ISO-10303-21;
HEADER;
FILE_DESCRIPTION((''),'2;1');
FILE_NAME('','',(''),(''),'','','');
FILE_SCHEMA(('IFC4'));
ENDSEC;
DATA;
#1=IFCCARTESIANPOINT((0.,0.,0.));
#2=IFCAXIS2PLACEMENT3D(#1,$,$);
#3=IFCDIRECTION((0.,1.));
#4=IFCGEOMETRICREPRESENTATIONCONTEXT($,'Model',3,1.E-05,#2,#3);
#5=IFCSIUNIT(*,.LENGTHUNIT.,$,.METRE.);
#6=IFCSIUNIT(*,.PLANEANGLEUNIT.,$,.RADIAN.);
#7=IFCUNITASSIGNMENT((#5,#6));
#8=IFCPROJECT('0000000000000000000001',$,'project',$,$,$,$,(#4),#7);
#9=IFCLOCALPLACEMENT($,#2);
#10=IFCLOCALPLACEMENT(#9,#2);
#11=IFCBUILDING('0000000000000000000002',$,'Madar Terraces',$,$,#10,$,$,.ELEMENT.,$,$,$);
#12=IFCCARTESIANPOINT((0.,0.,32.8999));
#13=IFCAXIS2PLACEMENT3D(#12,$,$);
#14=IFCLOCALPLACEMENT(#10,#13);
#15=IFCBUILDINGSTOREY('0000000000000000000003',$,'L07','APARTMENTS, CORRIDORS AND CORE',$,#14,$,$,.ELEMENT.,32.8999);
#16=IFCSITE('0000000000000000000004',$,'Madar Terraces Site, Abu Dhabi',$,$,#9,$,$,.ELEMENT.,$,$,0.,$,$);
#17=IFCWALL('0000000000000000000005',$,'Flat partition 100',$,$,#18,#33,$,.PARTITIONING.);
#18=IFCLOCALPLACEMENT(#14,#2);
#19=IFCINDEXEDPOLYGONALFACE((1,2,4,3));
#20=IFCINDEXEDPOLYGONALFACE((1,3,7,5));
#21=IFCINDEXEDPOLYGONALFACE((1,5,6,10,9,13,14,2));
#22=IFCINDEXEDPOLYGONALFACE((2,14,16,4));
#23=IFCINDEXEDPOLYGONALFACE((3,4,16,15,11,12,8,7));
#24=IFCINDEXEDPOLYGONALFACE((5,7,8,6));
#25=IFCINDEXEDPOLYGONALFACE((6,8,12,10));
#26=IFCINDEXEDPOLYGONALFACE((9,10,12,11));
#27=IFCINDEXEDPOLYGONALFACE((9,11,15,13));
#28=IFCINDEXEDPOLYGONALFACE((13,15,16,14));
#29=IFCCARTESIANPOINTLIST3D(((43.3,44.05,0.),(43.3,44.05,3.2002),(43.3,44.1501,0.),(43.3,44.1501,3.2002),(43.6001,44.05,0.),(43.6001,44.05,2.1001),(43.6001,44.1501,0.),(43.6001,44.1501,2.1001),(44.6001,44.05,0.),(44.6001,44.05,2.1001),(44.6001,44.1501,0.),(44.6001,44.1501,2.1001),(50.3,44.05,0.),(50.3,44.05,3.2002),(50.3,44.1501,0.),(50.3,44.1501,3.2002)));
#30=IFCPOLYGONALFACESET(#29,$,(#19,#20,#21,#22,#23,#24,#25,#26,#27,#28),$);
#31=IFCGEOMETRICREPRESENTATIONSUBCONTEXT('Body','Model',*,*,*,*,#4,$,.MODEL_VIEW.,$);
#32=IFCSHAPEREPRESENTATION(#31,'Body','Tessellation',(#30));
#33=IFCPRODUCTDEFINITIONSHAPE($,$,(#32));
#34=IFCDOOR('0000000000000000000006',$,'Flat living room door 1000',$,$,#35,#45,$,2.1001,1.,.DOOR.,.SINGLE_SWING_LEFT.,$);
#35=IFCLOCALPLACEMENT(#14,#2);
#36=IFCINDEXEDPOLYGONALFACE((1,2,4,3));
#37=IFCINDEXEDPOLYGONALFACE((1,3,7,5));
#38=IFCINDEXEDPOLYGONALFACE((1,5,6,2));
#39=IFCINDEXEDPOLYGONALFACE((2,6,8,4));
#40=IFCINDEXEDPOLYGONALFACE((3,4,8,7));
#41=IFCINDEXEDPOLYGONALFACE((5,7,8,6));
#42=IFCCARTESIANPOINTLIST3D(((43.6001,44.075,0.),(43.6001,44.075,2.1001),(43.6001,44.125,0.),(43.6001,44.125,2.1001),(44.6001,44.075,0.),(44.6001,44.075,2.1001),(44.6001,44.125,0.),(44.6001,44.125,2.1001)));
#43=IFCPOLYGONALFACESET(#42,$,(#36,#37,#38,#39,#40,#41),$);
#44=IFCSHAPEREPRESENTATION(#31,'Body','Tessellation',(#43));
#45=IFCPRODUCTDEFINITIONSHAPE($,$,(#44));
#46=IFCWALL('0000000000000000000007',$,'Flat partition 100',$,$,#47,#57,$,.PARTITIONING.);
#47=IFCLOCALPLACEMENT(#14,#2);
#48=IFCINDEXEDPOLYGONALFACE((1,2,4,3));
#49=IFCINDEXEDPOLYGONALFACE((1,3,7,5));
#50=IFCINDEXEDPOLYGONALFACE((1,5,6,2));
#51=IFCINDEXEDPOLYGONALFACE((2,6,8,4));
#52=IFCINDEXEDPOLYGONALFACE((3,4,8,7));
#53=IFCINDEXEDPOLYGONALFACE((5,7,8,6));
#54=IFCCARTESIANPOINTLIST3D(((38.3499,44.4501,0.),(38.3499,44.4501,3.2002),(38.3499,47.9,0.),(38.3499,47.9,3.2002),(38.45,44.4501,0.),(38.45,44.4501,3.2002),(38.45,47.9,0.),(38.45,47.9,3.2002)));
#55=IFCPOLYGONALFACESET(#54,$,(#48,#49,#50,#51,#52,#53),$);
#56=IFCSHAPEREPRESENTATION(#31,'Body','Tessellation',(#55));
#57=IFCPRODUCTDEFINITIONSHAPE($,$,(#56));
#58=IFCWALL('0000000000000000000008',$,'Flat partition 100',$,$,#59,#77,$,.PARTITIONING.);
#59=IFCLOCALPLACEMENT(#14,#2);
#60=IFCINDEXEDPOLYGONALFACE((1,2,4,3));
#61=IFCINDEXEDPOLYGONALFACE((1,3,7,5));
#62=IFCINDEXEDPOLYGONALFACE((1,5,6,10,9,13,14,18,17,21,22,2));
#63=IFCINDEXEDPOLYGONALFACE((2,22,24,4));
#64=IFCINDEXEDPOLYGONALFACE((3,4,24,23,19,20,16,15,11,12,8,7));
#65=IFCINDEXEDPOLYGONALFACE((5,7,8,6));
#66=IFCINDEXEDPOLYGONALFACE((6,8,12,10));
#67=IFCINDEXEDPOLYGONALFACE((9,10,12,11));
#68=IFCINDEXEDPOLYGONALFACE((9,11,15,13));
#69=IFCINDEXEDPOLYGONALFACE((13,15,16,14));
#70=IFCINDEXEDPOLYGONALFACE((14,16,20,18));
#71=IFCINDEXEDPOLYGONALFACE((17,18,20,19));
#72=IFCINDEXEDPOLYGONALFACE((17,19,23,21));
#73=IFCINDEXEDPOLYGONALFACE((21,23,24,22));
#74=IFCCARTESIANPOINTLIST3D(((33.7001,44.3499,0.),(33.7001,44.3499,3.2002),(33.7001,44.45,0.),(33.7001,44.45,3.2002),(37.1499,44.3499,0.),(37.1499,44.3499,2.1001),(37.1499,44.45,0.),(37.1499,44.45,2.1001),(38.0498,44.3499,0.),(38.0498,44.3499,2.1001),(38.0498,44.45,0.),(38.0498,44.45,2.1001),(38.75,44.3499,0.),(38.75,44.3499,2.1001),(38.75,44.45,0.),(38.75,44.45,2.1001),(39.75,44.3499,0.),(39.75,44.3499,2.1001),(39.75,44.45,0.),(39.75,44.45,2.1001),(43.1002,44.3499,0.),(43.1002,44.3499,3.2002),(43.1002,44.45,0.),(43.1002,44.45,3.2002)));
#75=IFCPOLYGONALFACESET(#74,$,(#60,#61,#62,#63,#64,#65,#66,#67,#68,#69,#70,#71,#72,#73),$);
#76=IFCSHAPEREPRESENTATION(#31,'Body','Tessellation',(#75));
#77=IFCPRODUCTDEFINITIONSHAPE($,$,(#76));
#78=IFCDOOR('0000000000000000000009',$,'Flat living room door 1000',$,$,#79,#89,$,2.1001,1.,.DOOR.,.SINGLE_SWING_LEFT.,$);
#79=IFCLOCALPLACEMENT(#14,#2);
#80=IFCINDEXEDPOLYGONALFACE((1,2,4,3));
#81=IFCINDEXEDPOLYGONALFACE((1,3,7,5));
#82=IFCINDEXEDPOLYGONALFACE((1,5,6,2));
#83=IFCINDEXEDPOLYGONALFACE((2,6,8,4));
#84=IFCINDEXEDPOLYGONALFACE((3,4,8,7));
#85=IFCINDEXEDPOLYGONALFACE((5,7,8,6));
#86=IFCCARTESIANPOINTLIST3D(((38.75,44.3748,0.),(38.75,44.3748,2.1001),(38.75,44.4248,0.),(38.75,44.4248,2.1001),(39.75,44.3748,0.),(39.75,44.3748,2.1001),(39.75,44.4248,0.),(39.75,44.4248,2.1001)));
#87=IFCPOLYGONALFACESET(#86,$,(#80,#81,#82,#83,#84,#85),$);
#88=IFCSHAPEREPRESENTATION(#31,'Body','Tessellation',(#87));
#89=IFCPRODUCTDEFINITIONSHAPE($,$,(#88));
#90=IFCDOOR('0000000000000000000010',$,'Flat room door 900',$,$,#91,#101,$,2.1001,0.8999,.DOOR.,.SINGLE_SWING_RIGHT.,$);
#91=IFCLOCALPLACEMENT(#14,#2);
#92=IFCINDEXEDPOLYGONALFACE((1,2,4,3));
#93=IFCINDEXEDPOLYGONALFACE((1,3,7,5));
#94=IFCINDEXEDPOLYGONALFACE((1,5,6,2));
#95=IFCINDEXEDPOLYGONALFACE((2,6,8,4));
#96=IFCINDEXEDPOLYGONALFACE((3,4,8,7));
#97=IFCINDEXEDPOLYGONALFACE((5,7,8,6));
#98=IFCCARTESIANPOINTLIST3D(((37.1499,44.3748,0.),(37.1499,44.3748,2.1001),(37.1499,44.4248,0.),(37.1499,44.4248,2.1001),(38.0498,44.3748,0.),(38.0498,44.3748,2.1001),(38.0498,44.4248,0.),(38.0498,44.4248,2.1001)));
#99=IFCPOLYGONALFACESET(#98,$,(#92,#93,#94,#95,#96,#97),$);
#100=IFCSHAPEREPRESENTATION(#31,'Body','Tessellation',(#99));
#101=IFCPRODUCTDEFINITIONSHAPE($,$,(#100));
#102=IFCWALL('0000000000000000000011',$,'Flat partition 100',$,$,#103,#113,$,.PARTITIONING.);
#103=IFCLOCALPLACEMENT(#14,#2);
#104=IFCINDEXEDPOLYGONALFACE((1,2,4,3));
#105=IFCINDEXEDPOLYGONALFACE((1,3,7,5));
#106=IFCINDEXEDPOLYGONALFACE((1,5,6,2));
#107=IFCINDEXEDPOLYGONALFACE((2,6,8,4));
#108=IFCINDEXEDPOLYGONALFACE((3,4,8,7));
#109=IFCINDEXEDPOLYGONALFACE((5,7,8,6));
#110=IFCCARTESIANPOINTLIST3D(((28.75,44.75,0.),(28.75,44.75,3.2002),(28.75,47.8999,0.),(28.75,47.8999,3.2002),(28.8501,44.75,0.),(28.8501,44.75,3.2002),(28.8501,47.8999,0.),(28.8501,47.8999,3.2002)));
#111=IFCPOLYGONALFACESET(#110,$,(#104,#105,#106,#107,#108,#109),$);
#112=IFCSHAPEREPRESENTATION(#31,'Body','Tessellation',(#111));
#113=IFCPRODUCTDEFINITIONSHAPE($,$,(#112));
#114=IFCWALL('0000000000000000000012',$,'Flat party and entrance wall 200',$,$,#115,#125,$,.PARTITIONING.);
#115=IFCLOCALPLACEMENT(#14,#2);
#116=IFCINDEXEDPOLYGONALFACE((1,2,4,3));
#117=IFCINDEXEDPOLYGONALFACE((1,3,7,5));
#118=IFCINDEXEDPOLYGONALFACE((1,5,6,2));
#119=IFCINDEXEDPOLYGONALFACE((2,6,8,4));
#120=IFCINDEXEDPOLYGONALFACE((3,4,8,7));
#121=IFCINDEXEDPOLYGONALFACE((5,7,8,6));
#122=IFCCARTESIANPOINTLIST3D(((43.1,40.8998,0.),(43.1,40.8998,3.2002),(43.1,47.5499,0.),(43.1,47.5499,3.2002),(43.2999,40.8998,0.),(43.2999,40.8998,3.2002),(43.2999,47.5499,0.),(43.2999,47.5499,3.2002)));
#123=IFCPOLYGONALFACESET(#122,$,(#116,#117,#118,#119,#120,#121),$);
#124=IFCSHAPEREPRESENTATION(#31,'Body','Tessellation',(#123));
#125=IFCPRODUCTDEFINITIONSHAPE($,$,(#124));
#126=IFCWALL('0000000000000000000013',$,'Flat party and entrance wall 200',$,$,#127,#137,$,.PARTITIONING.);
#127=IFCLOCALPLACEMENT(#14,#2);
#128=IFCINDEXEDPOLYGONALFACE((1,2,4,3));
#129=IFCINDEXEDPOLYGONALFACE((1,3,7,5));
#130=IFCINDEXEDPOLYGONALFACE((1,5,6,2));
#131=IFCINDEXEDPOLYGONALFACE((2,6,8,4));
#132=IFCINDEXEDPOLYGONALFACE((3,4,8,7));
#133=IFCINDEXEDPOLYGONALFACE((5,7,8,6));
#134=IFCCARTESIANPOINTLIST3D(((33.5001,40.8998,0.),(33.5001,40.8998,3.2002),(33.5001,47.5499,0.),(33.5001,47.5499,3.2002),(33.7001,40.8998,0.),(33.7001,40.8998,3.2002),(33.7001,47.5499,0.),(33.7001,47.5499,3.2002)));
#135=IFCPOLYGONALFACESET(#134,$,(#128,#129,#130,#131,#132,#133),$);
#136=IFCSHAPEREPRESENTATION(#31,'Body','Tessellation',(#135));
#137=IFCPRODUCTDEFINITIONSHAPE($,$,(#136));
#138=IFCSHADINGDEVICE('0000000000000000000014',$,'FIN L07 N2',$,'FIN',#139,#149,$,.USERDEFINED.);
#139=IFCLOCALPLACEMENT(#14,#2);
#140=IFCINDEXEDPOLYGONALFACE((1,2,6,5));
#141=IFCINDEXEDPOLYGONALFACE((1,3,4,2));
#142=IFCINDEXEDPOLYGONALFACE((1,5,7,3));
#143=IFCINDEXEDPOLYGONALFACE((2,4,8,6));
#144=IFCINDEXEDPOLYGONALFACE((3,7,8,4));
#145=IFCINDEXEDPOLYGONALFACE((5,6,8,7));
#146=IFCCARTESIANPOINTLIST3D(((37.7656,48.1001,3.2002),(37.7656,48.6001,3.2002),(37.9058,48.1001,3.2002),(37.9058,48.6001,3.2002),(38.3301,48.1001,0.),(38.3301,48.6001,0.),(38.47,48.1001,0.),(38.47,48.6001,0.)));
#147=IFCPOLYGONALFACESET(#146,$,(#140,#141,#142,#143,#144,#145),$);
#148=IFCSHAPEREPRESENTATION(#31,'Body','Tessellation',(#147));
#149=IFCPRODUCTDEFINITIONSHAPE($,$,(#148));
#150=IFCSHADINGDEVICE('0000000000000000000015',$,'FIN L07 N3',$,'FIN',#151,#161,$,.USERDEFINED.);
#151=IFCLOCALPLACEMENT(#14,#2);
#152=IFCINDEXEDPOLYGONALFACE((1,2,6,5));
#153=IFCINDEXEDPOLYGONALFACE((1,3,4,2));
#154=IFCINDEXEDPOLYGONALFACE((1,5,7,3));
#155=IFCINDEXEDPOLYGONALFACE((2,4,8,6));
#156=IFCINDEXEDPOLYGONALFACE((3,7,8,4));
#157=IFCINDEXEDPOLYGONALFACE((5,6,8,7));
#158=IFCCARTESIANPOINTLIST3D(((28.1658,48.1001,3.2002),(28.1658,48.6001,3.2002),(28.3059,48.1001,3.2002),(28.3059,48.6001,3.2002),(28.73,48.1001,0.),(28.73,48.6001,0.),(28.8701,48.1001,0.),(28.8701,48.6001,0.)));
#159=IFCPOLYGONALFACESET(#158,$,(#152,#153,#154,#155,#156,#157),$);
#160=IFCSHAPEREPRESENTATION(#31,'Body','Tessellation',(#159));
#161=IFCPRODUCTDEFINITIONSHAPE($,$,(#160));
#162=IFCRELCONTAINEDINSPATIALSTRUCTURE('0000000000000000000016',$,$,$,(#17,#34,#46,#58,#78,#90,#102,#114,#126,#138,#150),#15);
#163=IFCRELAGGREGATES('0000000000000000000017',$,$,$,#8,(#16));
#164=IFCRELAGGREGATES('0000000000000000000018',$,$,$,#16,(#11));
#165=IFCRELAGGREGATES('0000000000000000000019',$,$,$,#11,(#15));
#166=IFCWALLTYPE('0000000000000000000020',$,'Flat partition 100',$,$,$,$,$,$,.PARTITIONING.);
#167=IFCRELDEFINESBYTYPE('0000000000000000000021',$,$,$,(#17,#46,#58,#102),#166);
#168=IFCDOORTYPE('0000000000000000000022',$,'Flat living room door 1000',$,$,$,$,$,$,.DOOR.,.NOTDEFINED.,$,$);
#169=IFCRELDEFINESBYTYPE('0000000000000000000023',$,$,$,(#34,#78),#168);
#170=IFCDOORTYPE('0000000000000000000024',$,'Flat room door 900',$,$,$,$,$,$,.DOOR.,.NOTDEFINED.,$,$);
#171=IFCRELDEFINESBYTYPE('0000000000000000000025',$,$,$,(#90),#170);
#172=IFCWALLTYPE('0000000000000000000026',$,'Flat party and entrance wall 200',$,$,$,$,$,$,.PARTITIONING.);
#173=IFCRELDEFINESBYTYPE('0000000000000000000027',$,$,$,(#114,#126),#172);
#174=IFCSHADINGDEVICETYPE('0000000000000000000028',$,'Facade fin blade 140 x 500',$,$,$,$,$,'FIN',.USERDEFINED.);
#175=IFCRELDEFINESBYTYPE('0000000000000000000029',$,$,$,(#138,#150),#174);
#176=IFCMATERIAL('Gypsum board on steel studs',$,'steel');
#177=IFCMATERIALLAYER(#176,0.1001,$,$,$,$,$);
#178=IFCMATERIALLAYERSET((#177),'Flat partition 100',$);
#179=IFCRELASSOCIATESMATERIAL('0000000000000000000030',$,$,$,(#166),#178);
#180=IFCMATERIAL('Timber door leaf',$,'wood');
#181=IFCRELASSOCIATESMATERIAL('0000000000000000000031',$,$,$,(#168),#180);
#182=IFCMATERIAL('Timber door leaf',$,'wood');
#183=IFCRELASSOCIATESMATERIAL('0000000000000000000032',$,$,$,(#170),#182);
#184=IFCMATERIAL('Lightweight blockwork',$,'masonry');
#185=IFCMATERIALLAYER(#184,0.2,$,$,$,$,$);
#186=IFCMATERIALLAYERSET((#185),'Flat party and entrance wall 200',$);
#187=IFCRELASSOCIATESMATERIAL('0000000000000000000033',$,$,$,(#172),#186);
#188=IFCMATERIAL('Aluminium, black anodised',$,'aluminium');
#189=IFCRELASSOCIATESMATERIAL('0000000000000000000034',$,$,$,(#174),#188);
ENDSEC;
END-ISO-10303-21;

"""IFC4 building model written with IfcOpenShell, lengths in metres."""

from ifc_helpers import new_model, si_unit, direction, frame, frame_2d, origin, place, context, subcontext, project, spatial, polyline, rectangle, outline, extrude, material, layer, layer_set, type_object, element, fill, save


model = new_model("IFC4")

# Units and contexts
model_context = context("Model", 3, precision=1e-05, world=origin(), true_north=direction((0.0, 1.0)))
body_context = subcontext(model_context, "Body", "Model", "MODEL_VIEW")
ifc_project = project(units=[si_unit("LENGTHUNIT", "METRE"), si_unit("PLANEANGLEUNIT", "RADIAN")], contexts=[model_context])

# Site, building, storey
site_placement = place(None, origin())
site = spatial("IfcSite", under=ifc_project, at=site_placement, Name="Madar Terraces Site, Abu Dhabi", CompositionType="ELEMENT", RefElevation=0.0)
building_placement = place(site_placement, origin())
building = spatial("IfcBuilding", under=site, at=building_placement, Name="Madar Terraces", CompositionType="ELEMENT")
storey_placement = place(building_placement, frame((0.0, 0.0, 32.8999)))
storey = spatial("IfcBuildingStorey", under=building, at=storey_placement, Name="L07", Description="APARTMENTS, CORRIDORS AND CORE", CompositionType="ELEMENT", Elevation=32.8999)

# Wall, opening, door
ifc_material_1 = material(Name="Gypsum board on steel studs", Category="steel")
ifc_layer_1 = layer(ifc_material_1, 0.1001)
ifc_layer_set_1 = layer_set([ifc_layer_1], Name="Flat partition 100")
wall_type_1 = type_object("IfcWallType", Name="Flat partition 100", PredefinedType="PARTITIONING", material=ifc_layer_set_1)
wall_1_placement = place(storey_placement, frame((43.3, 44.1001, 0.0), z_axis=(0.0, 0.0, 1.0), x_axis=(1.0, 0.0, 0.0)))
wall_1 = element("IfcWall", 1, at=wall_1_placement, inside=storey, type_object=wall_type_1, Name="Flat partition 100", PredefinedType="PARTITIONING", context=body_context, shape_type="SweptSolid", body=[
    extrude(rectangle(XDim=7.0, YDim=0.1001, at=frame_2d((3.5, 0.0))), origin(), (0.0, 0.0, 1.0), 3.2002),
])
opening_1_placement = place(wall_1_placement, frame((0.3, 0.0, 0.0)))
opening_1 = element("IfcOpeningElement", 2, at=opening_1_placement, cuts=wall_1, PredefinedType="OPENING", context=body_context, shape_type="SweptSolid", body=[
    extrude(rectangle(XDim=1.0, YDim=2.1001, at=frame_2d((0.5, 1.05))), frame((0.0, 0.0601, 0.0), z_axis=(0.0, -1.0, 0.0), x_axis=(1.0, 0.0, 0.0)), (0.0, 0.0, 1.0), 0.1201),
])
ifc_material_2 = material(Name="Timber door leaf", Category="wood")
door_type_1 = type_object("IfcDoorType", Name="Flat living room door 1000", OperationType="NOTDEFINED", PredefinedType="DOOR", material=ifc_material_2)
door_1_placement = place(opening_1_placement, origin())
door_1 = element("IfcDoor", 3, at=door_1_placement, inside=storey, type_object=door_type_1, Name="Flat living room door 1000", OperationType="SINGLE_SWING_LEFT", OverallHeight=2.1001, OverallWidth=1.0, PredefinedType="DOOR", context=body_context, shape_type="SweptSolid", body=[
    extrude(rectangle(XDim=1.0, YDim=2.1001, at=frame_2d((0.5, 1.05))), frame((0.0, 0.0249, 0.0), z_axis=(0.0, -1.0, 0.0), x_axis=(1.0, 0.0, 0.0)), (0.0, 0.0, 1.0), 0.05),
])
fill(opening_1, door_1)

# Wall
wall_2_placement = place(storey_placement, frame((38.3999, 44.45, 0.0), z_axis=(0.0, 0.0, 1.0), x_axis=(0.0, 1.0, 0.0)))
element("IfcWall", 4, at=wall_2_placement, inside=storey, type_object=wall_type_1, Name="Flat partition 100", PredefinedType="PARTITIONING", context=body_context, shape_type="SweptSolid", body=[
    extrude(rectangle(XDim=3.45, YDim=0.1001, at=frame_2d((1.7251, 0.0))), origin(), (0.0, 0.0, 1.0), 3.2002),
])

# Wall, openings, doors
wall_3_placement = place(storey_placement, frame((33.7, 44.3999, 0.0), z_axis=(0.0, 0.0, 1.0), x_axis=(1.0, 0.0, 0.0)))
wall_3 = element("IfcWall", 5, at=wall_3_placement, inside=storey, type_object=wall_type_1, Name="Flat partition 100", PredefinedType="PARTITIONING", context=body_context, shape_type="SweptSolid", body=[
    extrude(rectangle(XDim=9.4001, YDim=0.1001, at=frame_2d((4.7002, 0.0))), origin(), (0.0, 0.0, 1.0), 3.2002),
])
opening_2_placement = place(wall_3_placement, frame((5.05, 0.0, 0.0)))
opening_2 = element("IfcOpeningElement", 6, at=opening_2_placement, cuts=wall_3, PredefinedType="OPENING", context=body_context, shape_type="SweptSolid", body=[
    extrude(rectangle(XDim=1.0, YDim=2.1001, at=frame_2d((0.5, 1.05))), frame((0.0, 0.0601, 0.0), z_axis=(0.0, -1.0, 0.0), x_axis=(1.0, 0.0, 0.0)), (0.0, 0.0, 1.0), 0.1201),
])
opening_3_placement = place(wall_3_placement, frame((3.45, 0.0, 0.0)))
opening_3 = element("IfcOpeningElement", 7, at=opening_3_placement, cuts=wall_3, PredefinedType="OPENING", context=body_context, shape_type="SweptSolid", body=[
    extrude(rectangle(XDim=0.8999, YDim=2.1001, at=frame_2d((0.45, 1.05))), frame((0.0, 0.0601, 0.0), z_axis=(0.0, -1.0, 0.0), x_axis=(1.0, 0.0, 0.0)), (0.0, 0.0, 1.0), 0.1201),
])
door_2_placement = place(opening_2_placement, origin())
door_2 = element("IfcDoor", 8, at=door_2_placement, inside=storey, type_object=door_type_1, Name="Flat living room door 1000", OperationType="SINGLE_SWING_LEFT", OverallHeight=2.1001, OverallWidth=1.0, PredefinedType="DOOR", context=body_context, shape_type="SweptSolid", body=[
    extrude(rectangle(XDim=1.0, YDim=2.1001, at=frame_2d((0.5, 1.05))), frame((0.0, 0.0249, 0.0), z_axis=(0.0, -1.0, 0.0), x_axis=(1.0, 0.0, 0.0)), (0.0, 0.0, 1.0), 0.05),
])
fill(opening_2, door_2)
ifc_material_3 = material(Name="Timber door leaf", Category="wood")
door_type_2 = type_object("IfcDoorType", Name="Flat room door 900", OperationType="NOTDEFINED", PredefinedType="DOOR", material=ifc_material_3)
door_3_placement = place(opening_3_placement, origin())
door_3 = element("IfcDoor", 9, at=door_3_placement, inside=storey, type_object=door_type_2, Name="Flat room door 900", OperationType="SINGLE_SWING_RIGHT", OverallHeight=2.1001, OverallWidth=0.8999, PredefinedType="DOOR", context=body_context, shape_type="SweptSolid", body=[
    extrude(rectangle(XDim=0.8999, YDim=2.1001, at=frame_2d((0.45, 1.05))), frame((0.0, 0.0249, 0.0), z_axis=(0.0, -1.0, 0.0), x_axis=(1.0, 0.0, 0.0)), (0.0, 0.0, 1.0), 0.05),
])
fill(opening_3, door_3)

# Walls
wall_4_placement = place(storey_placement, frame((28.8, 44.75, 0.0), z_axis=(0.0, 0.0, 1.0), x_axis=(0.0, 1.0, 0.0)))
element("IfcWall", 10, at=wall_4_placement, inside=storey, type_object=wall_type_1, Name="Flat partition 100", PredefinedType="PARTITIONING", context=body_context, shape_type="SweptSolid", body=[
    extrude(rectangle(XDim=3.1499, YDim=0.1001, at=frame_2d((1.575, 0.0))), origin(), (0.0, 0.0, 1.0), 3.2002),
])
ifc_material_4 = material(Name="Lightweight blockwork", Category="masonry")
ifc_layer_2 = layer(ifc_material_4, 0.2)
ifc_layer_set_2 = layer_set([ifc_layer_2], Name="Flat party and entrance wall 200")
wall_type_2 = type_object("IfcWallType", Name="Flat party and entrance wall 200", PredefinedType="PARTITIONING", material=ifc_layer_set_2)
for number, where, z_axis, x_axis, name in (
    (11, (43.2, 47.55, 0.0), (0.0, 0.0, 1.0), (0.0, -1.0, 0.0), "Flat party and entrance wall 200"),
    (12, (33.6001, 47.55, 0.0), (0.0, 0.0, 1.0), (0.0, -1.0, 0.0), "Flat party and entrance wall 200"),
):
    element("IfcWall", number, at=place(storey_placement, frame(where, z_axis=z_axis, x_axis=x_axis)), inside=storey, type_object=wall_type_2, Name=name, PredefinedType="PARTITIONING", context=body_context, shape_type="SweptSolid", body=[
        extrude(rectangle(XDim=6.6501, YDim=0.2, at=frame_2d((3.3252, 0.0))), origin(), (0.0, 0.0, 1.0), 3.2002),
    ])

# Shading devices
ifc_material_5 = material(Name="Aluminium, black anodised", Category="aluminium")
shading_device_type = type_object("IfcShadingDeviceType", Name="Facade fin blade 140 x 500", ElementType="FIN", PredefinedType="USERDEFINED", material=ifc_material_5)
shading_device_1_placement = place(storey_placement, frame((38.47, 48.3501, 0.0), z_axis=(0.0, 0.0, 1.0), x_axis=(-1.0, 0.0, 0.0)))
element("IfcShadingDevice", 13, at=shading_device_1_placement, inside=storey, type_object=shading_device_type, Name="FIN L07 N2", ObjectType="FIN", PredefinedType="USERDEFINED", context=body_context, shape_type="SweptSolid", body=[
    extrude(outline(polyline([(0.0, 0.0), (0.1399, 0.0), (0.7043, 3.2002), (0.5642, 3.2002), (0.0, 0.0)])), frame((0.0, 0.25, 0.0), z_axis=(0.0, -1.0, 0.0), x_axis=(1.0, 0.0, 0.0)), (0.0, 0.0, 1.0), 0.5),
])
shading_device_2_placement = place(storey_placement, frame((28.8701, 48.3501, 0.0), z_axis=(0.0, 0.0, 1.0), x_axis=(-1.0, 0.0, 0.0)))
element("IfcShadingDevice", 14, at=shading_device_2_placement, inside=storey, type_object=shading_device_type, Name="FIN L07 N3", ObjectType="FIN", PredefinedType="USERDEFINED", context=body_context, shape_type="SweptSolid", body=[
    extrude(outline(polyline([(0.0, 0.0), (0.1401, 0.0), (0.7043, 3.2002), (0.5642, 3.2002), (0.0, 0.0)])), frame((0.0, 0.25, 0.0), z_axis=(0.0, -1.0, 0.0), x_axis=(1.0, 0.0, 0.0)), (0.0, 0.0, 1.0), 0.5),
])

save(model, "model.ifc")
